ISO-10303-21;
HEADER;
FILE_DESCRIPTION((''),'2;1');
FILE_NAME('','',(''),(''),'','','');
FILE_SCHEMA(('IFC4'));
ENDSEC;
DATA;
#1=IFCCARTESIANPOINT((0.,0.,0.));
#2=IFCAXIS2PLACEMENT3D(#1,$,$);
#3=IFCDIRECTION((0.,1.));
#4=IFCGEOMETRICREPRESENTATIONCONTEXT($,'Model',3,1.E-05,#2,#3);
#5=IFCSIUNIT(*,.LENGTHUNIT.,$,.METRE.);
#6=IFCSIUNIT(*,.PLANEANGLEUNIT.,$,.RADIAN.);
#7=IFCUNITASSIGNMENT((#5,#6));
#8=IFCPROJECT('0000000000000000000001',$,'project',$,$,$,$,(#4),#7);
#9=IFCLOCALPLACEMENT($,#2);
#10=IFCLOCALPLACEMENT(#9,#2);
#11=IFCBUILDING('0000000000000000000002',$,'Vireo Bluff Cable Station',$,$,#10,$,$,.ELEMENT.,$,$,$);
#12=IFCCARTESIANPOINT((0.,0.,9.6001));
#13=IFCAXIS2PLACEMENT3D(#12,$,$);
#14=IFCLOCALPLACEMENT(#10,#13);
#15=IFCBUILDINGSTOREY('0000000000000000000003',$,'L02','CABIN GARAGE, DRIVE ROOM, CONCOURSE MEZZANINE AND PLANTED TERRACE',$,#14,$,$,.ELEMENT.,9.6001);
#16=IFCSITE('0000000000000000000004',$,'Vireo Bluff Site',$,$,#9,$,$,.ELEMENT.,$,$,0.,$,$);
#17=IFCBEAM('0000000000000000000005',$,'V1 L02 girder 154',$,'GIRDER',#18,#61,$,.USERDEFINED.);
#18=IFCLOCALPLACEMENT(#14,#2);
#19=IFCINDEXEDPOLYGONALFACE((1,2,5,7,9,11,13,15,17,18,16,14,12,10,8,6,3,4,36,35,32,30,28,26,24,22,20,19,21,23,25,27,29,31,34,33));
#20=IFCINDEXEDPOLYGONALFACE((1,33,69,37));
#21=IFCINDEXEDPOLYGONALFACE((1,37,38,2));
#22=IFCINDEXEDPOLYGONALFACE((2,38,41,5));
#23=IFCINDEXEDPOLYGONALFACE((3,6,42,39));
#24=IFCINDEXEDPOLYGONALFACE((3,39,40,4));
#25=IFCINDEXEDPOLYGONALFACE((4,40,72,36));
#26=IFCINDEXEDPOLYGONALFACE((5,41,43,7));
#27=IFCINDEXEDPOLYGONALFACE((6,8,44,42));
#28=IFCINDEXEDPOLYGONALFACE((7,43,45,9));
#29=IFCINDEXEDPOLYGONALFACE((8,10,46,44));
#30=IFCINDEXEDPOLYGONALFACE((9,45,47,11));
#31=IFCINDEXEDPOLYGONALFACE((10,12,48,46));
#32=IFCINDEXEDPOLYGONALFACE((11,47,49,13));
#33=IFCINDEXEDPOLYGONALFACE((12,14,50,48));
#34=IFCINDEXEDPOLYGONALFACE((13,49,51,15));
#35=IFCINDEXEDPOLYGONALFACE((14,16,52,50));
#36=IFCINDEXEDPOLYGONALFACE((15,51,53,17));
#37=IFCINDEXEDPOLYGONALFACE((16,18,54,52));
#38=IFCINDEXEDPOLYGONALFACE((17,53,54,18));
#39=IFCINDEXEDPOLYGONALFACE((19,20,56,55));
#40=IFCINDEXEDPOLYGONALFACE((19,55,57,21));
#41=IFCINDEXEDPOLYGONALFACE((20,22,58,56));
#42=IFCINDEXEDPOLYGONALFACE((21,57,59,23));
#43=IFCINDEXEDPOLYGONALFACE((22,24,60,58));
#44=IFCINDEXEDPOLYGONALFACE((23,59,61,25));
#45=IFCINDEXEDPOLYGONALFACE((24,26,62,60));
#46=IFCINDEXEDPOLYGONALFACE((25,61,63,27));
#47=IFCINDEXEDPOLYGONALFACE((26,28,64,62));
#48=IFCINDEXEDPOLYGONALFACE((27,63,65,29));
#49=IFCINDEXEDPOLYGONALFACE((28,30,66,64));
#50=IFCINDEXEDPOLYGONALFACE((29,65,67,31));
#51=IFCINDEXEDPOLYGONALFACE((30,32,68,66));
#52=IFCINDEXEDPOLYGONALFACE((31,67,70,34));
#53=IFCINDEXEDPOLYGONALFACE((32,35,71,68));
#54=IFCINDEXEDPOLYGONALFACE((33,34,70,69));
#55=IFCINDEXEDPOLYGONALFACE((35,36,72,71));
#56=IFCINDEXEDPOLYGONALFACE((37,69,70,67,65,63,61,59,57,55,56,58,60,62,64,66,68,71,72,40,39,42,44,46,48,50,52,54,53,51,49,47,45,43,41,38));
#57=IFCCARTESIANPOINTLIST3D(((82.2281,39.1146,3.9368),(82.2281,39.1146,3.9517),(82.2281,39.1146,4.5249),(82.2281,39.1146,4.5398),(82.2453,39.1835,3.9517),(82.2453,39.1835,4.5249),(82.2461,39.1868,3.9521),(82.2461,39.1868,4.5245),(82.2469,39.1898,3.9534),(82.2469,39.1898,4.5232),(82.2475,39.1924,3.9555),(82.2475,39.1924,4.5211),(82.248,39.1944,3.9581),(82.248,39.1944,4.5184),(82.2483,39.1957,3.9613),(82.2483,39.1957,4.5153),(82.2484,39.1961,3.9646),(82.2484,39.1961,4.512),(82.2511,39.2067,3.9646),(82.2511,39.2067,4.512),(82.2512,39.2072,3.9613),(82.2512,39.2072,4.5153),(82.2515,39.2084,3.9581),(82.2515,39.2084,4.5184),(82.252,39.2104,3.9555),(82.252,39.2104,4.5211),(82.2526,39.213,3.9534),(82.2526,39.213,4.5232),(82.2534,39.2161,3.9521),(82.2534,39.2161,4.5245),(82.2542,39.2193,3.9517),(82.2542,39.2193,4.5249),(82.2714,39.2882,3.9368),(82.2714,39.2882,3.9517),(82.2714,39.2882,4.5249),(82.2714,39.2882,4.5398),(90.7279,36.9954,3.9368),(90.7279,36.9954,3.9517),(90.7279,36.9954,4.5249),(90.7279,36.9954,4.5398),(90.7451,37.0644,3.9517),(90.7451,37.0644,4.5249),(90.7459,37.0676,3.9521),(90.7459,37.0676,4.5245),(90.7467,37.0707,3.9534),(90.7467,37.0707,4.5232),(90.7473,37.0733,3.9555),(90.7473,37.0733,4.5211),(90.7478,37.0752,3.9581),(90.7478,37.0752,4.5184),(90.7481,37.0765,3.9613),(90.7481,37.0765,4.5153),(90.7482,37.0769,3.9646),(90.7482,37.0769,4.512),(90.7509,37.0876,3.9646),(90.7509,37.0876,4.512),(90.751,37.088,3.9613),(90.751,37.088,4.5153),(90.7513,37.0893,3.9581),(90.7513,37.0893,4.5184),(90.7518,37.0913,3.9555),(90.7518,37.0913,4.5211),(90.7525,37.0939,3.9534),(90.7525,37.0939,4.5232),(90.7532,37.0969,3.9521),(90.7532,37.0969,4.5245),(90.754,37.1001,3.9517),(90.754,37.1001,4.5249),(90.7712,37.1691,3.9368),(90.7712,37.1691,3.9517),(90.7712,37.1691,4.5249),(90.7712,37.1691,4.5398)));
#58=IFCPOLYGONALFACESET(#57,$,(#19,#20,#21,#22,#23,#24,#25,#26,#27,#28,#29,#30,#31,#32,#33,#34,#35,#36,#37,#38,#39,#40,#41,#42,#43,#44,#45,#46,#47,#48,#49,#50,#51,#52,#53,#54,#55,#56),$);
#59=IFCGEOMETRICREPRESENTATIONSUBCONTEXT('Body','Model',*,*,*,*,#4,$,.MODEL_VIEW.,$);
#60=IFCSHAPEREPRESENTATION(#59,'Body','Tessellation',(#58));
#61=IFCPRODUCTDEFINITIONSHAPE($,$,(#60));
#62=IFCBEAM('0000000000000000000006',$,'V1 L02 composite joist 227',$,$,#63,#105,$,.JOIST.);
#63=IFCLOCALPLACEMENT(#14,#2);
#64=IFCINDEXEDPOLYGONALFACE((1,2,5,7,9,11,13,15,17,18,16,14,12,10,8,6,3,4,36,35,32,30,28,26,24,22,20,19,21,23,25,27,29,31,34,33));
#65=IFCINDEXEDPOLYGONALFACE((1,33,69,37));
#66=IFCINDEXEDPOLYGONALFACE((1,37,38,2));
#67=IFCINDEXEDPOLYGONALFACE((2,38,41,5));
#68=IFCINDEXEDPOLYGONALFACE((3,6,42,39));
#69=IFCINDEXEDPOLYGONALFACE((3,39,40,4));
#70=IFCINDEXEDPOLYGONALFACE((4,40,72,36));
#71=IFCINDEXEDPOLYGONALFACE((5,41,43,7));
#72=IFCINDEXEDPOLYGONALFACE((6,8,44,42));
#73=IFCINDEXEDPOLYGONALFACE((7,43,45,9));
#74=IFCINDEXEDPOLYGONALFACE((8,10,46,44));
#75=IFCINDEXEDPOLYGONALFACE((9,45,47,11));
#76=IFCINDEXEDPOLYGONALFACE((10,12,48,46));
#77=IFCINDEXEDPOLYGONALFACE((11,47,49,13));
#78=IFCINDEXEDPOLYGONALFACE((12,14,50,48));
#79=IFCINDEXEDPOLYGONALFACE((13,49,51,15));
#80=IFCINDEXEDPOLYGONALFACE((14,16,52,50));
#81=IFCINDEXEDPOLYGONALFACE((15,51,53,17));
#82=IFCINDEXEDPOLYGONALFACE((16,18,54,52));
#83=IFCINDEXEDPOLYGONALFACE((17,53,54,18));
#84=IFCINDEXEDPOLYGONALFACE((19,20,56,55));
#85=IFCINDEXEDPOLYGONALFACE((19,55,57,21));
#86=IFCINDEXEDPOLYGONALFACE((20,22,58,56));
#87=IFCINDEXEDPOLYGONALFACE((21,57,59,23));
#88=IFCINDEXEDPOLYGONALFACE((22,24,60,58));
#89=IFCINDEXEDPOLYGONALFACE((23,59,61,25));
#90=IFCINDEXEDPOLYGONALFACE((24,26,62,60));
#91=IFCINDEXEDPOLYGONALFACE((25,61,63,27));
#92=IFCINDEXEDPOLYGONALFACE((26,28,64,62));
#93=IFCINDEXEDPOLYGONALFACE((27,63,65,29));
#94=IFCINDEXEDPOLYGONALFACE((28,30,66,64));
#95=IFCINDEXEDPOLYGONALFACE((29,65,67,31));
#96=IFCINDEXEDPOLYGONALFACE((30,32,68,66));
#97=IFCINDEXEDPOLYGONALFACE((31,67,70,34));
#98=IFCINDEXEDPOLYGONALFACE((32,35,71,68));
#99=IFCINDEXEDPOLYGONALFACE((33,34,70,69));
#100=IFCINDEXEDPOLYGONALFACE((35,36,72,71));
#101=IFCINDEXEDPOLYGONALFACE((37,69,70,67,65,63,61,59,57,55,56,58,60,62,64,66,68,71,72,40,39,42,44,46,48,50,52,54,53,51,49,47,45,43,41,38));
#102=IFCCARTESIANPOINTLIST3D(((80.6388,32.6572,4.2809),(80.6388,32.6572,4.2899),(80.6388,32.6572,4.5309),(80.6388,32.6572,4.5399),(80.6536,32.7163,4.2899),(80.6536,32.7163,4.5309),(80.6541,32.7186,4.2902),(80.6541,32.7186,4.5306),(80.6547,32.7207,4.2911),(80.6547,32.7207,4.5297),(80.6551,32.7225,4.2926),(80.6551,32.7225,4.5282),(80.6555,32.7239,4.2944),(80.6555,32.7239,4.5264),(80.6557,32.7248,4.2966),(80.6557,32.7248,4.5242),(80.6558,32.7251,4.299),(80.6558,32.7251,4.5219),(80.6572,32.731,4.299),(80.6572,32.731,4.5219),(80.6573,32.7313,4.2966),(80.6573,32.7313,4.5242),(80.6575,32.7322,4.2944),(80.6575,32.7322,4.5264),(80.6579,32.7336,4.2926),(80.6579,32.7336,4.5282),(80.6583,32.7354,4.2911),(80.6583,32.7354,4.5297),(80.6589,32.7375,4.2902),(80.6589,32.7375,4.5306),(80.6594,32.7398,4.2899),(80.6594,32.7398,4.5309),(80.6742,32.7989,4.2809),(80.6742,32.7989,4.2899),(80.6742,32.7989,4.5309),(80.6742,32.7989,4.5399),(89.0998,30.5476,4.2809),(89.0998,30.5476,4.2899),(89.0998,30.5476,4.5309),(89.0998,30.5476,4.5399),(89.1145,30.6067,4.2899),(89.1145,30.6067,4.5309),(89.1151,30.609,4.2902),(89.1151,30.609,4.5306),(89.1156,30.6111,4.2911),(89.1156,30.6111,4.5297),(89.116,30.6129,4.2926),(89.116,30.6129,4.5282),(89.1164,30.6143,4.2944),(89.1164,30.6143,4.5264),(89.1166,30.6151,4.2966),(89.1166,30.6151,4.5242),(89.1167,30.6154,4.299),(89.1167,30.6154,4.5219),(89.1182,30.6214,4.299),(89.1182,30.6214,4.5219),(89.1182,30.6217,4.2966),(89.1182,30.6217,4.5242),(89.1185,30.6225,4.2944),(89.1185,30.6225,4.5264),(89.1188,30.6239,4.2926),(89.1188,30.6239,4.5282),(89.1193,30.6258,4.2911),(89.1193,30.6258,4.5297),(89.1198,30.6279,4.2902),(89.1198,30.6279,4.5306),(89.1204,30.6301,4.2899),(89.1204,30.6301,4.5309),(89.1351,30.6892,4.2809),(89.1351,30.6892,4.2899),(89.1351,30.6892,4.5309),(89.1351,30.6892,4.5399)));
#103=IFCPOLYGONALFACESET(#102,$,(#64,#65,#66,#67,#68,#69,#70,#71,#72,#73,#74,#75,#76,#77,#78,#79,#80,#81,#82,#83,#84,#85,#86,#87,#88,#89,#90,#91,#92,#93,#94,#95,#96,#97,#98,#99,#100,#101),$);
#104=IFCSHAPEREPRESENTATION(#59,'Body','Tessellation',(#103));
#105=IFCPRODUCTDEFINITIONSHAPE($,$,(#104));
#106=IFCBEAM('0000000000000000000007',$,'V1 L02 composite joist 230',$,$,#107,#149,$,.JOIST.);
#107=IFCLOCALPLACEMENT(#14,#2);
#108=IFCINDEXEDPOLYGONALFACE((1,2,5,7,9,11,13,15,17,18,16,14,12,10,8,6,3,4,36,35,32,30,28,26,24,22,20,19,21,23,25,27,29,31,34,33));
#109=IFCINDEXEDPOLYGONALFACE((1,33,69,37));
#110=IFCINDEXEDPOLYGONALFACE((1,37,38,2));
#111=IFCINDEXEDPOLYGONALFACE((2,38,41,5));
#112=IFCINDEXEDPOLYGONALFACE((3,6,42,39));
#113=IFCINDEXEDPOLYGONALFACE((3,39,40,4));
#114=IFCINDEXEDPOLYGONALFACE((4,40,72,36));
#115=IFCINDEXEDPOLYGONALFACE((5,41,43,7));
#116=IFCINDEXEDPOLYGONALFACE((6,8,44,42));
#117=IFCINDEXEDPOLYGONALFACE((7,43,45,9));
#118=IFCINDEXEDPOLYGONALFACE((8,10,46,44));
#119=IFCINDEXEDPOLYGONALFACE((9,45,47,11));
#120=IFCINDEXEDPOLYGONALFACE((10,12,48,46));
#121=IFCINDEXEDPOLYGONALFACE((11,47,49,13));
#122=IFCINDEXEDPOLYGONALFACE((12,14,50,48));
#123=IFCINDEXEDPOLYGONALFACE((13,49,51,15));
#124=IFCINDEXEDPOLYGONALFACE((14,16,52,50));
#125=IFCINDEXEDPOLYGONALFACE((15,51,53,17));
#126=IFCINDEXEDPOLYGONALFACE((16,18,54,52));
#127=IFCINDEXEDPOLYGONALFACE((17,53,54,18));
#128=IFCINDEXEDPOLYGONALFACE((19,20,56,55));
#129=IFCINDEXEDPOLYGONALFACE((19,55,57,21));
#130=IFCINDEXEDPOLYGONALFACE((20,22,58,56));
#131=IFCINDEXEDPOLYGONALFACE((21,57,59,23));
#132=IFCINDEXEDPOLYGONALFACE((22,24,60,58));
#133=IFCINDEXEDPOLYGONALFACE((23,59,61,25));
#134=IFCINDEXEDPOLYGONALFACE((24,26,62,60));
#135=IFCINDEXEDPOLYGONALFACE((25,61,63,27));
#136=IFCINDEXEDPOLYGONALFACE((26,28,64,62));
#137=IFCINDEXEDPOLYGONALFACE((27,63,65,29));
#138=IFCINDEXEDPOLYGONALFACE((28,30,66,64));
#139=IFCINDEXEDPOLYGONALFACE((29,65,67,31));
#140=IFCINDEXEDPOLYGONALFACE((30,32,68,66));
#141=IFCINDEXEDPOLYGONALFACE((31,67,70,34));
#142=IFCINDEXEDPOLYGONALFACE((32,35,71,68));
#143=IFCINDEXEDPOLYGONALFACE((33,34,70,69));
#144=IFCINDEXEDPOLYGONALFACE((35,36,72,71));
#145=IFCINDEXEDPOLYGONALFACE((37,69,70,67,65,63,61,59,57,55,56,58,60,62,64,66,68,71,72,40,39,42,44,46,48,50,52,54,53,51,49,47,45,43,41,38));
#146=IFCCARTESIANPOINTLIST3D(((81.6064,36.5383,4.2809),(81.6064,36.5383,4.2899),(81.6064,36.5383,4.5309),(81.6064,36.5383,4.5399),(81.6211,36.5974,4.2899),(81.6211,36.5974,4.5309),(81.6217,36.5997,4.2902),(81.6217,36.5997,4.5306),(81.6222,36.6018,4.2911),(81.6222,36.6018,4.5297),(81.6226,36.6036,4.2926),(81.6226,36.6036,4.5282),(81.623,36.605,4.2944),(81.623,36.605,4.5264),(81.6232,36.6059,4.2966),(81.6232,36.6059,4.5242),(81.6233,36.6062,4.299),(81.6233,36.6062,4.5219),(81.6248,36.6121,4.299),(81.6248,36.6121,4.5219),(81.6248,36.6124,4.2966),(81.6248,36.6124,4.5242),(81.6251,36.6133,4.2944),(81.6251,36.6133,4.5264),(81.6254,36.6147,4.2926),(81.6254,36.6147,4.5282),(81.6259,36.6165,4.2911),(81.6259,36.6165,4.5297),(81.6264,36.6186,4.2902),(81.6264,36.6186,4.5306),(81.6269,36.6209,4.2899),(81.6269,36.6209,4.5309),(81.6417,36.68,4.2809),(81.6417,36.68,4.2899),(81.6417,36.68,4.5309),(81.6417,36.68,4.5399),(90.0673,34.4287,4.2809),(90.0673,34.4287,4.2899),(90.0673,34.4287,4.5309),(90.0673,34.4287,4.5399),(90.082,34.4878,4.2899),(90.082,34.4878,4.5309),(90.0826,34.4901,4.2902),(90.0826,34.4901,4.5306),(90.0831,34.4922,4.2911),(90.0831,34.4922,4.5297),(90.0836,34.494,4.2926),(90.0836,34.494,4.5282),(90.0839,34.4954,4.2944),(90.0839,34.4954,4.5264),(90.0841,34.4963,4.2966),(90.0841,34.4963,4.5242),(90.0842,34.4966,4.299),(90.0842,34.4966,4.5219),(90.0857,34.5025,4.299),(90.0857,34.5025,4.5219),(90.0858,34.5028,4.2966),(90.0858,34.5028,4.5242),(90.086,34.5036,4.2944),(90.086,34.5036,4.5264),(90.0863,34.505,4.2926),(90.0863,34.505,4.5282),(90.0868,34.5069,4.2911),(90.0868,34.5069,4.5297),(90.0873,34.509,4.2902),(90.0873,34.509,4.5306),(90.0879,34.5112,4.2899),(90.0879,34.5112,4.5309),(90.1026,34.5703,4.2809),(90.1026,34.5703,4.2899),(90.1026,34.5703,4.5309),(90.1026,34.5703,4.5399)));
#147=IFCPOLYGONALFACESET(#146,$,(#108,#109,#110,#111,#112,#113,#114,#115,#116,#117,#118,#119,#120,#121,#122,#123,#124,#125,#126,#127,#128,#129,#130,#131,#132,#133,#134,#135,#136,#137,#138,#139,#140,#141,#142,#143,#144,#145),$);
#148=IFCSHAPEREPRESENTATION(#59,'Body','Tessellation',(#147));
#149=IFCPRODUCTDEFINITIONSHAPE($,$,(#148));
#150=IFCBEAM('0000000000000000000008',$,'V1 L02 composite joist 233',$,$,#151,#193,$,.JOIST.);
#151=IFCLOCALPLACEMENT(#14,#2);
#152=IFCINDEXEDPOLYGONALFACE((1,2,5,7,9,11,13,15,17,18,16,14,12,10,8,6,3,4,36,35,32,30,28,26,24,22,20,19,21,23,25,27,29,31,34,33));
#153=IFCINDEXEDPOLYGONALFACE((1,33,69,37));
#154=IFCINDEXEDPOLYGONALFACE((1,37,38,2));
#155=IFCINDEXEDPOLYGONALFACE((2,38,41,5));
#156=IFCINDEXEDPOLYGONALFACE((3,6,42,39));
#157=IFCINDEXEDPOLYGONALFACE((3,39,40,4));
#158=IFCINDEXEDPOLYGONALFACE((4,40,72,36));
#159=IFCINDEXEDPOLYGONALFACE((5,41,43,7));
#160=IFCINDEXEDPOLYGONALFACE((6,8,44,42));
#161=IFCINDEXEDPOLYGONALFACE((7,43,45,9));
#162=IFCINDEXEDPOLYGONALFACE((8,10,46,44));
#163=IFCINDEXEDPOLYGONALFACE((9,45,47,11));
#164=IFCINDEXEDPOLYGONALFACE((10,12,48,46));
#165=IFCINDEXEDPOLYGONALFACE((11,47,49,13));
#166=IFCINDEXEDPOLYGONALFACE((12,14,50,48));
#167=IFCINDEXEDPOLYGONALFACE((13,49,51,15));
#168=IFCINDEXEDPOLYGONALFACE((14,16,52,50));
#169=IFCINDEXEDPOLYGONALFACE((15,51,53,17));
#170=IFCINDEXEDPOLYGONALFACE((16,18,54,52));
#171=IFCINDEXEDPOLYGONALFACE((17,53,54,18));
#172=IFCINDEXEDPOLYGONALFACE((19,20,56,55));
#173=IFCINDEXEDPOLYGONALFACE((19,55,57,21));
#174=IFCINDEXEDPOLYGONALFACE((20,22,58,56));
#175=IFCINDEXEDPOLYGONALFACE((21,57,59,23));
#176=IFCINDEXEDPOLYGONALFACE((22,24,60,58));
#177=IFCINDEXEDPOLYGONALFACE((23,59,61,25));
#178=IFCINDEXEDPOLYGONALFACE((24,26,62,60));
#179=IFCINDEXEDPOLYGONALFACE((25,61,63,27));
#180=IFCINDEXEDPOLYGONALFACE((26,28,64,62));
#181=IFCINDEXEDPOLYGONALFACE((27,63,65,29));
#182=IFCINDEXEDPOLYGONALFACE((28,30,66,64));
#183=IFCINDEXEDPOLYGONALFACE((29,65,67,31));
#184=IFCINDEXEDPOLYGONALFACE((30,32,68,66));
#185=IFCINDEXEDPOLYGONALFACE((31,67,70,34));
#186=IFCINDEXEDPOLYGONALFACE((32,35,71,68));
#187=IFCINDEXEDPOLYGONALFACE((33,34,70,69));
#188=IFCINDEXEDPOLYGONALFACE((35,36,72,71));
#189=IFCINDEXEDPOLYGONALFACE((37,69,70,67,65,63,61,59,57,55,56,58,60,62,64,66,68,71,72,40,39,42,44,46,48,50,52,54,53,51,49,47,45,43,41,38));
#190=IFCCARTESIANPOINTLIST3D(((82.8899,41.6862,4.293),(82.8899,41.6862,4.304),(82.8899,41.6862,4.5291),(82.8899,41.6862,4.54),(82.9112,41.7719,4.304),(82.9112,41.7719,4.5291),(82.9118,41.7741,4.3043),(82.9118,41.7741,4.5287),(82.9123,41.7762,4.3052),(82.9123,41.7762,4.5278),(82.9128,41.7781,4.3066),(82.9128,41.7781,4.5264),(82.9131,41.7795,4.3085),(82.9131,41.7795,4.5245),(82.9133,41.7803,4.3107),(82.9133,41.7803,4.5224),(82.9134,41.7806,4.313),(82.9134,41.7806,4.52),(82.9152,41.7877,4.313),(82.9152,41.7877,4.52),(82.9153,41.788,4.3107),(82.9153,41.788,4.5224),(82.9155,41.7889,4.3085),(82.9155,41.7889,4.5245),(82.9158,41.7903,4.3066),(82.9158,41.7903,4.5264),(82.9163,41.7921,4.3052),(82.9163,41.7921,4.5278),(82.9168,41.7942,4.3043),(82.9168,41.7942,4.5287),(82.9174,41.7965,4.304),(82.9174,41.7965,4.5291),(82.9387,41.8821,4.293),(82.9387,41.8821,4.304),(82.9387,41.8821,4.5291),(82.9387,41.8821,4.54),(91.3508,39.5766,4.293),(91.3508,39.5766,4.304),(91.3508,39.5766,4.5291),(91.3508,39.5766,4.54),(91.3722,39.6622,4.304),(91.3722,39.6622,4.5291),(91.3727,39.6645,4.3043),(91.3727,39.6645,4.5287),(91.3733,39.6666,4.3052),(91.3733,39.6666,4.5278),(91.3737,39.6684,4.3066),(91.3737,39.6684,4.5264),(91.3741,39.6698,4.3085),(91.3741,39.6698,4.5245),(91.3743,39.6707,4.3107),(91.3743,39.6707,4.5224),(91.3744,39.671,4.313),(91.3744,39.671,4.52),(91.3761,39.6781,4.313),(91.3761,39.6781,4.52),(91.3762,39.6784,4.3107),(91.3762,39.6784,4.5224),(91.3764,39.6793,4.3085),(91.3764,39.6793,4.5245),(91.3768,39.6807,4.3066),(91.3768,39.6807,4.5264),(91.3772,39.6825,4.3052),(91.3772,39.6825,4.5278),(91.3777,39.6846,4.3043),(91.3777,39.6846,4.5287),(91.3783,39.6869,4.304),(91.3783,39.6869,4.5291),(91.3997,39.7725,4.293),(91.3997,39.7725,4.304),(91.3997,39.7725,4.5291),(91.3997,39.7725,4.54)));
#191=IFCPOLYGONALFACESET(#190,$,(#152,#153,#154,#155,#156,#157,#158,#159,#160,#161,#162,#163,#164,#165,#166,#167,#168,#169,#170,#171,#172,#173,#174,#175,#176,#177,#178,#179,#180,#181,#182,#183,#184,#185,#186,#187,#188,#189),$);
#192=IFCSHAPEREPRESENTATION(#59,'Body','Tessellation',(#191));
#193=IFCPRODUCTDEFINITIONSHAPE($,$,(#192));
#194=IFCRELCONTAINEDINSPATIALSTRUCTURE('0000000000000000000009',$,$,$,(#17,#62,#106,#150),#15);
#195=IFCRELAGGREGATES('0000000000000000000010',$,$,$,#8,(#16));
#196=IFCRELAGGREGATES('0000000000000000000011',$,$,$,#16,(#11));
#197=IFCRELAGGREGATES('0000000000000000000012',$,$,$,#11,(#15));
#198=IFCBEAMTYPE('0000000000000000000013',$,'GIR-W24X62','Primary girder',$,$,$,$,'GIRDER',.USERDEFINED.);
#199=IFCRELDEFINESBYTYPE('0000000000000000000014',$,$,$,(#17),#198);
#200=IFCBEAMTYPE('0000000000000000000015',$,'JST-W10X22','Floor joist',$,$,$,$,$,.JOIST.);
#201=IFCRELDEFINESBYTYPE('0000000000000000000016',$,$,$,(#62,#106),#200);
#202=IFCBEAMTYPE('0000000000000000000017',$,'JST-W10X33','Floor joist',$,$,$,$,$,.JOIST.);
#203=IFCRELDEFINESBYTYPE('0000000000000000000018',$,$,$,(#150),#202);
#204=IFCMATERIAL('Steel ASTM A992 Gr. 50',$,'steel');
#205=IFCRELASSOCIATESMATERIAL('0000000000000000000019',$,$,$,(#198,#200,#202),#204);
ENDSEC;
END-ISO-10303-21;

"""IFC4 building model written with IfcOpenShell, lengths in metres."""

from ifc_helpers import new_model, si_unit, direction, frame, origin, origin_2d, place, context, subcontext, project, spatial, i_section, extrude, material, material_profile, profile_set, type_object, element, save


model = new_model("IFC4")

# Units and contexts
model_context = context("Model", 3, precision=1e-05, world=origin(), true_north=direction((0.0, 1.0)))
body_context = subcontext(model_context, "Body", "Model", "MODEL_VIEW")
ifc_project = project(units=[si_unit("LENGTHUNIT", "METRE"), si_unit("PLANEANGLEUNIT", "RADIAN")], contexts=[model_context])

# Site, building, storey
site_placement = place(None, origin())
site = spatial("IfcSite", under=ifc_project, at=site_placement, Name="Vireo Bluff Site", CompositionType="ELEMENT", RefElevation=0.0)
building_placement = place(site_placement, origin())
building = spatial("IfcBuilding", under=site, at=building_placement, Name="Vireo Bluff Cable Station", CompositionType="ELEMENT")
storey_placement = place(building_placement, frame((0.0, 0.0, 9.6001)))
storey = spatial("IfcBuildingStorey", under=building, at=storey_placement, Name="L02", Description="CABIN GARAGE, DRIVE ROOM, CONCOURSE MEZZANINE AND PLANTED TERRACE", CompositionType="ELEMENT", Elevation=9.6001)

# Shared definitions
ifc_material_1 = material(Name="Steel ASTM A992 Gr. 50", Category="steel")

# Beams
ifc_material_profile_1 = material_profile(ifc_material_1, i_section(OverallWidth=0.179, OverallDepth=0.603, WebThickness=0.011, FlangeThickness=0.0149, FilletRadius=0.0129, at=origin_2d()), Name="W24X62")
ifc_profile_set_1 = profile_set([ifc_material_profile_1], Name="Steel ASTM A992 Gr. 50")
beam_type_1 = type_object("IfcBeamType", Name="GIR-W24X62", Description="Primary girder", ElementType="GIRDER", PredefinedType="USERDEFINED", material=ifc_profile_set_1)
beam_1_placement = place(storey_placement, frame((82.2498, 39.2014, 4.2383), z_axis=(0.970298, -0.241913, 0.0), x_axis=(0.241913, 0.970298, 0.0)))
element("IfcBeam", 1, at=beam_1_placement, inside=storey, type_object=beam_type_1, Name="V1 L02 girder 154", ObjectType="GIRDER", PredefinedType="USERDEFINED", context=body_context, shape_type="SweptSolid", body=[
    extrude(i_section(OverallWidth=0.179, OverallDepth=0.603, WebThickness=0.011, FlangeThickness=0.0149, FilletRadius=0.0129, at=origin_2d()), origin(), (0.0, 0.0, 1.0), 8.76),
])
ifc_material_profile_2 = material_profile(ifc_material_1, i_section(OverallWidth=0.146, OverallDepth=0.259, WebThickness=0.0061, FlangeThickness=0.009, FilletRadius=0.009, at=origin_2d()), Name="W10X22")
ifc_profile_set_2 = profile_set([ifc_material_profile_2], Name="Steel ASTM A992 Gr. 50")
beam_type_2 = type_object("IfcBeamType", Name="JST-W10X22", Description="Floor joist", PredefinedType="JOIST", material=ifc_profile_set_2)
for number, where, z_axis, x_axis, name in (
    (2, (80.6565, 32.728, 4.4104), (0.970294, -0.24193, 0.0), (0.24193, 0.970294, 0.0), "V1 L02 composite joist 227"),
    (3, (81.624, 36.6091, 4.4104), (0.970294, -0.24193, 0.0), (0.24193, 0.970294, 0.0), "V1 L02 composite joist 230"),
):
    element("IfcBeam", number, at=place(storey_placement, frame(where, z_axis=z_axis, x_axis=x_axis)), inside=storey, type_object=beam_type_2, Name=name, PredefinedType="JOIST", context=body_context, shape_type="SweptSolid", body=[
        extrude(i_section(OverallWidth=0.146, OverallDepth=0.259, WebThickness=0.0061, FlangeThickness=0.009, FilletRadius=0.009, at=origin_2d()), origin(), (0.0, 0.0, 1.0), 8.72),
    ])
ifc_material_profile_3 = material_profile(ifc_material_1, i_section(OverallWidth=0.2019, OverallDepth=0.2471, WebThickness=0.0073, FlangeThickness=0.011, FilletRadius=0.009, at=origin_2d()), Name="W10X33")
ifc_profile_set_3 = profile_set([ifc_material_profile_3], Name="Steel ASTM A992 Gr. 50")
beam_type_3 = type_object("IfcBeamType", Name="JST-W10X33", Description="Floor joist", PredefinedType="JOIST", material=ifc_profile_set_3)
beam_2_placement = place(storey_placement, frame((82.9143, 41.7842, 4.4165), z_axis=(0.970294, -0.24193, 0.0), x_axis=(0.24193, 0.970294, 0.0)))
element("IfcBeam", 4, at=beam_2_placement, inside=storey, type_object=beam_type_3, Name="V1 L02 composite joist 233", PredefinedType="JOIST", context=body_context, shape_type="SweptSolid", body=[
    extrude(i_section(OverallWidth=0.2019, OverallDepth=0.2471, WebThickness=0.0073, FlangeThickness=0.011, FilletRadius=0.009, at=origin_2d()), origin(), (0.0, 0.0, 1.0), 8.72),
])

save(model, "model.ifc")
